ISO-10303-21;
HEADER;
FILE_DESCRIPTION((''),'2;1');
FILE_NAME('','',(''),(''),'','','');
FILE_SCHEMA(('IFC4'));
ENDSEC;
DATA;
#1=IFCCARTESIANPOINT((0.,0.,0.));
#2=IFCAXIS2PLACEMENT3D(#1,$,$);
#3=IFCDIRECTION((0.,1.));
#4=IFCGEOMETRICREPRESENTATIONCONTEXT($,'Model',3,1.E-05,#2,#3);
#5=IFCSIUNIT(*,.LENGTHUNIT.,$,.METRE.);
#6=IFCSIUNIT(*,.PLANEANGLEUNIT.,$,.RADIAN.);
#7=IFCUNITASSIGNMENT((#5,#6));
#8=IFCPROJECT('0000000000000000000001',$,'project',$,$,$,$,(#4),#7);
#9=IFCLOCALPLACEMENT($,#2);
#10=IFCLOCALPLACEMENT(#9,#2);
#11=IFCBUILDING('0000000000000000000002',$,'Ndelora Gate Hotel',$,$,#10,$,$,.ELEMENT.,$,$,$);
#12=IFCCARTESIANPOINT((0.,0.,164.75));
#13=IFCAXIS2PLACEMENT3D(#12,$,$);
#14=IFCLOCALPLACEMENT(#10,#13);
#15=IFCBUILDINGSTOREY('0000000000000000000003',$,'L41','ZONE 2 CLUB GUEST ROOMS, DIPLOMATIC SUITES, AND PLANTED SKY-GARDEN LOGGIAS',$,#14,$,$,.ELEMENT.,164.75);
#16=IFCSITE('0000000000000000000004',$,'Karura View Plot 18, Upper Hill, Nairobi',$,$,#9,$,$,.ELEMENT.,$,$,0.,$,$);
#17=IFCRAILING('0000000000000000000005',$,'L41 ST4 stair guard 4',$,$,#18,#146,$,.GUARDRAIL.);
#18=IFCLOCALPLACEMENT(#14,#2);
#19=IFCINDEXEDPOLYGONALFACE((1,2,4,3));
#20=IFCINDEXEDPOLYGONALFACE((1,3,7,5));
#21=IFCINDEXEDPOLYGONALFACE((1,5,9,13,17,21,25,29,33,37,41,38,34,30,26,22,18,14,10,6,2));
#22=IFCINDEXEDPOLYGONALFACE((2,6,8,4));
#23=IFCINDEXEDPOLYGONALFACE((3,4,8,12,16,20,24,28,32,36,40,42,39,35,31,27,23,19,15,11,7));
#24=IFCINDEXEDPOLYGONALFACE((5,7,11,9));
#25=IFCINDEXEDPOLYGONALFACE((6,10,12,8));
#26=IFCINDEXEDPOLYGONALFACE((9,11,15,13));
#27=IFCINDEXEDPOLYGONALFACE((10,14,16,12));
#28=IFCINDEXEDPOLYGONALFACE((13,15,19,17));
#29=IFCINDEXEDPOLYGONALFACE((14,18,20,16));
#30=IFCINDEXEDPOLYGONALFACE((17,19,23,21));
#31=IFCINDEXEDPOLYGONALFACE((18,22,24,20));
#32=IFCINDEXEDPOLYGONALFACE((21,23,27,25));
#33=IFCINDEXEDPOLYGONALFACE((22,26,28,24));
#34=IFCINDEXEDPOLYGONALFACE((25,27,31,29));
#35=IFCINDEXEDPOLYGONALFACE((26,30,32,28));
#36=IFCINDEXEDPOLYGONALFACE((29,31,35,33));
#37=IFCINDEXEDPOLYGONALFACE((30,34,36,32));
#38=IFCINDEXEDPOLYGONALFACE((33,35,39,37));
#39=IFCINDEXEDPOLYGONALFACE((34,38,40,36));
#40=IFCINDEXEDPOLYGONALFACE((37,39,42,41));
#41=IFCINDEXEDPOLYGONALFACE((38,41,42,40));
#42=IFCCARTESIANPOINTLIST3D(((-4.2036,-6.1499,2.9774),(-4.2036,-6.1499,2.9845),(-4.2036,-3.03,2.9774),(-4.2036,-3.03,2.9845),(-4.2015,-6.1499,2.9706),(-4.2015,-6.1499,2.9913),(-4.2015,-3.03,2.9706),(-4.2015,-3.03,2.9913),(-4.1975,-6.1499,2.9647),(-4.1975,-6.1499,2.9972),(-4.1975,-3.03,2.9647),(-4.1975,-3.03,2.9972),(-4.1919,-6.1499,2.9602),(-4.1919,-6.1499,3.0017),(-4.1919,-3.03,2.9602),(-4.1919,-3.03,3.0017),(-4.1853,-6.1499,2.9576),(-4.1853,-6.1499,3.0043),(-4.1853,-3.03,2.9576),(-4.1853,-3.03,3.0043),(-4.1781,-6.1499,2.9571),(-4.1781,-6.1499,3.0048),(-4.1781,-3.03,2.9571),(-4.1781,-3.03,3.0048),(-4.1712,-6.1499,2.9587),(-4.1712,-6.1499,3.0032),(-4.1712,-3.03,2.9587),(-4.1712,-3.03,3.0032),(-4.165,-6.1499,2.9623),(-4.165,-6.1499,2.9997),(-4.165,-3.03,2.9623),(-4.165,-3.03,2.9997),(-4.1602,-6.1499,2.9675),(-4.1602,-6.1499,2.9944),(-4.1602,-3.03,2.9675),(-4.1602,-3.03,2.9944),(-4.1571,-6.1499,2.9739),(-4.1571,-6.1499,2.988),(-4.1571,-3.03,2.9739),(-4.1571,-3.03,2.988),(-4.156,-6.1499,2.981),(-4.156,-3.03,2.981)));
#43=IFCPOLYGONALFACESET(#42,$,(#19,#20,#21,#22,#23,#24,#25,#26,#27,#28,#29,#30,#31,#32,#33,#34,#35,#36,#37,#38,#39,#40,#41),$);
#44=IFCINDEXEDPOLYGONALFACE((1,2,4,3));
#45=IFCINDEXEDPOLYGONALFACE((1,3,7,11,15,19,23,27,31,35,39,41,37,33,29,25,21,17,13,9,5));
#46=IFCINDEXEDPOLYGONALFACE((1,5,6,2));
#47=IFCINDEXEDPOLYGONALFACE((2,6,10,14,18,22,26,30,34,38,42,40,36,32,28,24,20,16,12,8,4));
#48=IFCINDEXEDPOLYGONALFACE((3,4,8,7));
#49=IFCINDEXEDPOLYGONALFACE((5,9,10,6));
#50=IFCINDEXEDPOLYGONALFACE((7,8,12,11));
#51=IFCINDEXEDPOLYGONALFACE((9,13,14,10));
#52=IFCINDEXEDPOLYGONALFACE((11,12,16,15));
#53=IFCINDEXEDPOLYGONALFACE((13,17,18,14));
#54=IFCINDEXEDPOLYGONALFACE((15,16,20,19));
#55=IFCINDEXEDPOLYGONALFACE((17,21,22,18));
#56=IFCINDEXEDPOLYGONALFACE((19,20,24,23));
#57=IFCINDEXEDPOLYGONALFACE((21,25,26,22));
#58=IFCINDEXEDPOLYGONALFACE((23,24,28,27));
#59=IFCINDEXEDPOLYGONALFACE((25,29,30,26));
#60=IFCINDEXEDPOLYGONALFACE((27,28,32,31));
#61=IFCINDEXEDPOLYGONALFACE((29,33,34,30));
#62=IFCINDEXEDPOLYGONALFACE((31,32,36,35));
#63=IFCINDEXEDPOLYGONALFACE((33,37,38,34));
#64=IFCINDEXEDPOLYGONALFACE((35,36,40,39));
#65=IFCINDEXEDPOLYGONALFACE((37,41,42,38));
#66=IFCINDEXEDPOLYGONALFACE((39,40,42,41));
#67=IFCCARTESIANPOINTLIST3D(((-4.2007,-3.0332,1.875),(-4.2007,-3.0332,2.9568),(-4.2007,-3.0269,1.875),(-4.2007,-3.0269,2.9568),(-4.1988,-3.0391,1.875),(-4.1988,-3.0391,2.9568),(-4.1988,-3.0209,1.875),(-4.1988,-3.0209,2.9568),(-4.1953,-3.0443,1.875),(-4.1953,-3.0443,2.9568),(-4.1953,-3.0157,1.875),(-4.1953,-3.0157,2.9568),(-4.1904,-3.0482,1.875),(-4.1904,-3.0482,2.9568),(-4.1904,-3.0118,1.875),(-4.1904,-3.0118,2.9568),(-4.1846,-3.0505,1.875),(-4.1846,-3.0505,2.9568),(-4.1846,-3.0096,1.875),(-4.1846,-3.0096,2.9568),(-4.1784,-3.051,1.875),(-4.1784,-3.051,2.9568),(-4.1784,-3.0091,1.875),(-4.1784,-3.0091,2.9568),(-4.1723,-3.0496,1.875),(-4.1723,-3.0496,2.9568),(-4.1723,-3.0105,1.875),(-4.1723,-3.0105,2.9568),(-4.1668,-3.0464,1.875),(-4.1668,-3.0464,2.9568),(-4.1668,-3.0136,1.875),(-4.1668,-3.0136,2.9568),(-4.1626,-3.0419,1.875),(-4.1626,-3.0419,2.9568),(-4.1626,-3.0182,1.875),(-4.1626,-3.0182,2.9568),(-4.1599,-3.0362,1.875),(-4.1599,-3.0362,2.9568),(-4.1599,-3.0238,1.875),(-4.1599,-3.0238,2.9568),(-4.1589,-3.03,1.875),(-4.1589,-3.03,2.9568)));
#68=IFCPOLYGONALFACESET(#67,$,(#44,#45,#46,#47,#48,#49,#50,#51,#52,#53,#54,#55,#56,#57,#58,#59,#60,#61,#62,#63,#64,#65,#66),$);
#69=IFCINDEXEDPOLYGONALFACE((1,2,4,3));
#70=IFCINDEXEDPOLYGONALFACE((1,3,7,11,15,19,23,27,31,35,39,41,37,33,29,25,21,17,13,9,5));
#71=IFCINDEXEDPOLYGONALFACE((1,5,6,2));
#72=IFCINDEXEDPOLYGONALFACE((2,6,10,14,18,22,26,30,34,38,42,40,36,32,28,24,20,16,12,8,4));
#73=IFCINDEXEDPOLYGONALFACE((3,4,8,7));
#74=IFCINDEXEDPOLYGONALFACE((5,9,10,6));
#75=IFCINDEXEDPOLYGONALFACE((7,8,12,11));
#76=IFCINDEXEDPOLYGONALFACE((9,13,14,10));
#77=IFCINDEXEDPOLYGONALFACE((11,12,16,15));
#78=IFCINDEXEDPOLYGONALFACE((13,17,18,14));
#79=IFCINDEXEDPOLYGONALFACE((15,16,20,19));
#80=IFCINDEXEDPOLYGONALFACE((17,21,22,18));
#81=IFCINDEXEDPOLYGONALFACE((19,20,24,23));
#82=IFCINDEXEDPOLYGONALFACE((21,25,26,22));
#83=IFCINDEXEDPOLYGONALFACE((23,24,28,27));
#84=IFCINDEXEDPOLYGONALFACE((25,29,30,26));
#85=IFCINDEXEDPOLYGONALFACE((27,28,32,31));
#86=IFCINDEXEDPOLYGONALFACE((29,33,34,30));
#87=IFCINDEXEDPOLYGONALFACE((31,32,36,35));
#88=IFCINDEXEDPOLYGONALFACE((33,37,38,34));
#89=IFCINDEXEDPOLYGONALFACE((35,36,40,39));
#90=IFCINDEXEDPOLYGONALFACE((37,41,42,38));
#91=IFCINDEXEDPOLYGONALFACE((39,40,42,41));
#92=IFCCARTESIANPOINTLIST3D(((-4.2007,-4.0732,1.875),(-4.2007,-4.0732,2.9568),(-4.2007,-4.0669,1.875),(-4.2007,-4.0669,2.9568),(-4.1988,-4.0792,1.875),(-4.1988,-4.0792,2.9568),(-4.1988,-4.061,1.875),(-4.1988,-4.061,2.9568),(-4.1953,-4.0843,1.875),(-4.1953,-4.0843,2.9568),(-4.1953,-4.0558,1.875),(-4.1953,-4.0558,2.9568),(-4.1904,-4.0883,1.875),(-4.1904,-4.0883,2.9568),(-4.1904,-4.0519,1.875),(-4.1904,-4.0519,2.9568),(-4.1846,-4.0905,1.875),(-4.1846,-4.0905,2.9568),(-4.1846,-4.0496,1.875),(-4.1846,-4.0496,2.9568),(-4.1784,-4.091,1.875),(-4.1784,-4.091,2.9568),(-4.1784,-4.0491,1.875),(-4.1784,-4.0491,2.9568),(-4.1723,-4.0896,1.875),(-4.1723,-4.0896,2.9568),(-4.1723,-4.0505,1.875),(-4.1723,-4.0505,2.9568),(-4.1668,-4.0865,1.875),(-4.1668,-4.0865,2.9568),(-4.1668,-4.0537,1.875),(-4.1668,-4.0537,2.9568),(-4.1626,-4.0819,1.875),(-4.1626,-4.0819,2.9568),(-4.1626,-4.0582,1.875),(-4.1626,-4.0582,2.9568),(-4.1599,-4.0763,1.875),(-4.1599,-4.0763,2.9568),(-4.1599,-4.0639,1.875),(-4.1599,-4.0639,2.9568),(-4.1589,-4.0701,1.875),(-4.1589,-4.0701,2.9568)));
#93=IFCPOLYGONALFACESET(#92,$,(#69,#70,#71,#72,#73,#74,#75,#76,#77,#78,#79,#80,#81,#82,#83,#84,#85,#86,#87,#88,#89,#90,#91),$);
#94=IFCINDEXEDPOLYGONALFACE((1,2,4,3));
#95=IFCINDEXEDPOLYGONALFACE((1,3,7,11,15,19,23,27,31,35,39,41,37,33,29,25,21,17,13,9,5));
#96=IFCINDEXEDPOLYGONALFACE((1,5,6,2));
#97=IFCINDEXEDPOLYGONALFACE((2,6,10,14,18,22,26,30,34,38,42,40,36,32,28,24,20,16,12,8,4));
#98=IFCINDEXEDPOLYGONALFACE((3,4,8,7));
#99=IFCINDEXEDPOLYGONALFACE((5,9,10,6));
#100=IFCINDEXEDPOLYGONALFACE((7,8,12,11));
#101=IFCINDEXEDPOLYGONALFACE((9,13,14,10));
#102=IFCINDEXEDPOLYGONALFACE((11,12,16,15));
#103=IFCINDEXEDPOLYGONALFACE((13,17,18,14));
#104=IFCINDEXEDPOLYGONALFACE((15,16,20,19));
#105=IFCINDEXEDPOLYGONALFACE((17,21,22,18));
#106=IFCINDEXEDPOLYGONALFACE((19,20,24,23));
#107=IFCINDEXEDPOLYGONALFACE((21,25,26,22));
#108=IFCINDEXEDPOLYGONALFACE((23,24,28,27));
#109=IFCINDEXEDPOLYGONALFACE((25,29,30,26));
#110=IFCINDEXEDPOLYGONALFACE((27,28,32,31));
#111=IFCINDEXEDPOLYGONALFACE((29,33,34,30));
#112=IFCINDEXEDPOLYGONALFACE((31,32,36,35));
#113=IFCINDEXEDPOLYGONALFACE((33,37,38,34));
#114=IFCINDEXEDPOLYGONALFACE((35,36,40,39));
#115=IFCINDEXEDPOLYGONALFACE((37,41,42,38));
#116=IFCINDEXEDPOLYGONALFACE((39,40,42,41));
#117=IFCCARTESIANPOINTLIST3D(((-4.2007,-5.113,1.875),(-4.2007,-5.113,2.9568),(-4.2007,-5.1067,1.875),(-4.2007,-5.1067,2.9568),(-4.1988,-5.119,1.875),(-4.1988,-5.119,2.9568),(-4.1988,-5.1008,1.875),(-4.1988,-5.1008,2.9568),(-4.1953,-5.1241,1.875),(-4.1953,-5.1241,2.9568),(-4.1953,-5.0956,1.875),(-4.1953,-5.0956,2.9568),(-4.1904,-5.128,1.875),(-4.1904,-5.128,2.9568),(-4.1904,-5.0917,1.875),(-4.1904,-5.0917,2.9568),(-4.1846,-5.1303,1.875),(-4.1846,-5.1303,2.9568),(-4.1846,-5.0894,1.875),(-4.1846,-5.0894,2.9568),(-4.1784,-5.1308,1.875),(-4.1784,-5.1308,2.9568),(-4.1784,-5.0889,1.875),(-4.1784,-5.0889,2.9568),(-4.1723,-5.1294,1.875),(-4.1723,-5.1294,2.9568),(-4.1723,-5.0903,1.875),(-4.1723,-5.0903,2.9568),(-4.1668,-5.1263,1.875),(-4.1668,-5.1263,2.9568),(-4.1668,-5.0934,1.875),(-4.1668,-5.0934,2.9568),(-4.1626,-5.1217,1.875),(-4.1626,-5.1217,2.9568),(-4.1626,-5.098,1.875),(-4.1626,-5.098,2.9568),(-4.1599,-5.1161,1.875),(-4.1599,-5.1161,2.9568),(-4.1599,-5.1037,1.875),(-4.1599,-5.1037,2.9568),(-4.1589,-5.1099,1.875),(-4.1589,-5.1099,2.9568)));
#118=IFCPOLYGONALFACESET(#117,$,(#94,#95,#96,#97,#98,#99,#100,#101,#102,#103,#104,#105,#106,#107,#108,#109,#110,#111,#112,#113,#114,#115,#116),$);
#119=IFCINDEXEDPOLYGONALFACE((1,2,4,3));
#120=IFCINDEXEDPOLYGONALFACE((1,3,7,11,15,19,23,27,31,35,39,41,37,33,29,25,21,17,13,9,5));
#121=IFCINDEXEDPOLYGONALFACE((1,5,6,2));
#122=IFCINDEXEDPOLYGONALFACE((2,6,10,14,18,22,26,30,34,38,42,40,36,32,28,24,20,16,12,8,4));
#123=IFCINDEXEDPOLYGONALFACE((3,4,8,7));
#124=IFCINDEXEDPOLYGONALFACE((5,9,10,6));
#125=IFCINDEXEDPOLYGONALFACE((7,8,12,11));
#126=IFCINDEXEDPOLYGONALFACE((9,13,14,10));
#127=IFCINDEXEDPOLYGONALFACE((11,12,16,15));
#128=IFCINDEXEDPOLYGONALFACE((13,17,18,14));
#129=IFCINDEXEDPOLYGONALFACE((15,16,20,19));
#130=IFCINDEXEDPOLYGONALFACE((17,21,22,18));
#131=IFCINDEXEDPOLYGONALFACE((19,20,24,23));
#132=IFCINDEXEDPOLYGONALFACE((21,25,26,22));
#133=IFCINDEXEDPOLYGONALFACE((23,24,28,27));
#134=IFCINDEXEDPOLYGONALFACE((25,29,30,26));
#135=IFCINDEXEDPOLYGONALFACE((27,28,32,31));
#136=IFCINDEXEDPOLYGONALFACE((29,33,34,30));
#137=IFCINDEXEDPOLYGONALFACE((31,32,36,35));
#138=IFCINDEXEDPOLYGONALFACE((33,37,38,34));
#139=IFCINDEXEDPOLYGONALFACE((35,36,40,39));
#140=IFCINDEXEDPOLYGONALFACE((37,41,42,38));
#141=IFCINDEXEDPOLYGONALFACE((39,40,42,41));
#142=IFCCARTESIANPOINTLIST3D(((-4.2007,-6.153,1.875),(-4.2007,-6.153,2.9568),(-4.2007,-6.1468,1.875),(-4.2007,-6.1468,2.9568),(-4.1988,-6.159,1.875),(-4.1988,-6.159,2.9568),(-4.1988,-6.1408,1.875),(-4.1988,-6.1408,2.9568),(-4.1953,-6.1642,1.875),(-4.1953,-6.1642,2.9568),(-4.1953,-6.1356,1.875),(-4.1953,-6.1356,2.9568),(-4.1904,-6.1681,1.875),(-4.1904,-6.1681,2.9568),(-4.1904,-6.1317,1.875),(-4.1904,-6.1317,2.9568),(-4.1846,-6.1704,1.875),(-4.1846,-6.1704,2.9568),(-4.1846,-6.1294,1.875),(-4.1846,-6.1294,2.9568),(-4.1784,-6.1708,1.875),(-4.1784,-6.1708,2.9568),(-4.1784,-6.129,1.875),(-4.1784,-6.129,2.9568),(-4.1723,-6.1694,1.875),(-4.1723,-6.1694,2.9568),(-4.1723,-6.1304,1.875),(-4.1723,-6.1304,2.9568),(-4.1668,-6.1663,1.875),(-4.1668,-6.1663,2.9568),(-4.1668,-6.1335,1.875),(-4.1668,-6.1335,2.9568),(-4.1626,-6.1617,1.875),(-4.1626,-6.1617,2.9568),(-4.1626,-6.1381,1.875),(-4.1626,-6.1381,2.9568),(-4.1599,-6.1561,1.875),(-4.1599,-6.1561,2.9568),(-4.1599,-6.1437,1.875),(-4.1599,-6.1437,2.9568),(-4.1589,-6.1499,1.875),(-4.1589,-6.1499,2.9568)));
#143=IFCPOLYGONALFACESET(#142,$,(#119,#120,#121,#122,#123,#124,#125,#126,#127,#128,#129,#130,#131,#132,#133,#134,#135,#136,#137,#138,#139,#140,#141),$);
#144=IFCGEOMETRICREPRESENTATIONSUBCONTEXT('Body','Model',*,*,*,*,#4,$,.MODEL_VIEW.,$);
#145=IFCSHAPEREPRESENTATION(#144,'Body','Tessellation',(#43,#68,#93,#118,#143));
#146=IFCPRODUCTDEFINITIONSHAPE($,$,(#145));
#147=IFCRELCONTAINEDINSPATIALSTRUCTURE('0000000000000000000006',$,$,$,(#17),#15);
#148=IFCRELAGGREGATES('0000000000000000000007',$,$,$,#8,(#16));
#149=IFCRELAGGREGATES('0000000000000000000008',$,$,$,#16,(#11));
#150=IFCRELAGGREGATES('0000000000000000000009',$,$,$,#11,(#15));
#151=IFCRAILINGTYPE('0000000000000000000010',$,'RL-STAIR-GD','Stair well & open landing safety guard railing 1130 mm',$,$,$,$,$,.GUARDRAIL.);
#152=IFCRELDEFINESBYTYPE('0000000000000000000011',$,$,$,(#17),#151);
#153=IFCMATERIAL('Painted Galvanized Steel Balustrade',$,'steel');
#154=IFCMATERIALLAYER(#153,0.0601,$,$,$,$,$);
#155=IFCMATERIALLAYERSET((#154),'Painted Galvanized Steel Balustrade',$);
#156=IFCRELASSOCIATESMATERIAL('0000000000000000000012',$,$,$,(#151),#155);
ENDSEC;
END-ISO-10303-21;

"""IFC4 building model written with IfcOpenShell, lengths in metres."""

from ifc_helpers import new_model, si_unit, direction, frame, origin, origin_2d, place, context, subcontext, project, spatial, circle, extrude, material, layer, layer_set, type_object, element, save


model = new_model("IFC4")

# Units and contexts
model_context = context("Model", 3, precision=1e-05, world=origin(), true_north=direction((0.0, 1.0)))
body_context = subcontext(model_context, "Body", "Model", "MODEL_VIEW")
ifc_project = project(units=[si_unit("LENGTHUNIT", "METRE"), si_unit("PLANEANGLEUNIT", "RADIAN")], contexts=[model_context])

# Site, building, storey
site_placement = place(None, origin())
site = spatial("IfcSite", under=ifc_project, at=site_placement, Name="Karura View Plot 18, Upper Hill, Nairobi", CompositionType="ELEMENT", RefElevation=0.0)
building_placement = place(site_placement, origin())
building = spatial("IfcBuilding", under=site, at=building_placement, Name="Ndelora Gate Hotel", CompositionType="ELEMENT")
storey_placement = place(building_placement, frame((0.0, 0.0, 164.75)))
storey = spatial("IfcBuildingStorey", under=building, at=storey_placement, Name="L41", Description="ZONE 2 CLUB GUEST ROOMS, DIPLOMATIC SUITES, AND PLANTED SKY-GARDEN LOGGIAS", CompositionType="ELEMENT", Elevation=164.75)

# Railing
ifc_material_1 = material(Name="Painted Galvanized Steel Balustrade", Category="steel")
ifc_layer_1 = layer(ifc_material_1, 0.0601)
ifc_layer_set_1 = layer_set([ifc_layer_1], Name="Painted Galvanized Steel Balustrade")
railing_type_1 = type_object("IfcRailingType", Name="RL-STAIR-GD", Description="Stair well & open landing safety guard railing 1130 mm", PredefinedType="GUARDRAIL", material=ifc_layer_set_1)
for number, where, name in (
    (1, (-4.1799, -3.03, 1.875), "L41 ST4 stair guard 4"),
):
    element("IfcRailing", number, at=place(storey_placement, frame(where)), inside=storey, type_object=railing_type_1, Name=name, PredefinedType="GUARDRAIL", context=body_context, shape_type="SweptSolid", body=[
        extrude(circle(Radius=0.0239, at=origin_2d()), frame((0.0, 0.0, 1.106), z_axis=(0.0, -1.0, 0.0), x_axis=(1.0, 0.0, 0.0)), (0.0, 0.0, 1.0), 3.1199),
        extrude(circle(Radius=0.021, at=origin_2d()), origin(), (0.0, 0.0, 1.0), 1.0818),
        extrude(circle(Radius=0.021, at=origin_2d()), frame((0.0, -1.04, 0.0)), (0.0, 0.0, 1.0), 1.0818),
        extrude(circle(Radius=0.021, at=origin_2d()), frame((0.0, -2.0798, 0.0)), (0.0, 0.0, 1.0), 1.0818),
        extrude(circle(Radius=0.021, at=origin_2d()), frame((0.0, -3.1199, 0.0)), (0.0, 0.0, 1.0), 1.0818),
    ])

save(model, "model.ifc")
